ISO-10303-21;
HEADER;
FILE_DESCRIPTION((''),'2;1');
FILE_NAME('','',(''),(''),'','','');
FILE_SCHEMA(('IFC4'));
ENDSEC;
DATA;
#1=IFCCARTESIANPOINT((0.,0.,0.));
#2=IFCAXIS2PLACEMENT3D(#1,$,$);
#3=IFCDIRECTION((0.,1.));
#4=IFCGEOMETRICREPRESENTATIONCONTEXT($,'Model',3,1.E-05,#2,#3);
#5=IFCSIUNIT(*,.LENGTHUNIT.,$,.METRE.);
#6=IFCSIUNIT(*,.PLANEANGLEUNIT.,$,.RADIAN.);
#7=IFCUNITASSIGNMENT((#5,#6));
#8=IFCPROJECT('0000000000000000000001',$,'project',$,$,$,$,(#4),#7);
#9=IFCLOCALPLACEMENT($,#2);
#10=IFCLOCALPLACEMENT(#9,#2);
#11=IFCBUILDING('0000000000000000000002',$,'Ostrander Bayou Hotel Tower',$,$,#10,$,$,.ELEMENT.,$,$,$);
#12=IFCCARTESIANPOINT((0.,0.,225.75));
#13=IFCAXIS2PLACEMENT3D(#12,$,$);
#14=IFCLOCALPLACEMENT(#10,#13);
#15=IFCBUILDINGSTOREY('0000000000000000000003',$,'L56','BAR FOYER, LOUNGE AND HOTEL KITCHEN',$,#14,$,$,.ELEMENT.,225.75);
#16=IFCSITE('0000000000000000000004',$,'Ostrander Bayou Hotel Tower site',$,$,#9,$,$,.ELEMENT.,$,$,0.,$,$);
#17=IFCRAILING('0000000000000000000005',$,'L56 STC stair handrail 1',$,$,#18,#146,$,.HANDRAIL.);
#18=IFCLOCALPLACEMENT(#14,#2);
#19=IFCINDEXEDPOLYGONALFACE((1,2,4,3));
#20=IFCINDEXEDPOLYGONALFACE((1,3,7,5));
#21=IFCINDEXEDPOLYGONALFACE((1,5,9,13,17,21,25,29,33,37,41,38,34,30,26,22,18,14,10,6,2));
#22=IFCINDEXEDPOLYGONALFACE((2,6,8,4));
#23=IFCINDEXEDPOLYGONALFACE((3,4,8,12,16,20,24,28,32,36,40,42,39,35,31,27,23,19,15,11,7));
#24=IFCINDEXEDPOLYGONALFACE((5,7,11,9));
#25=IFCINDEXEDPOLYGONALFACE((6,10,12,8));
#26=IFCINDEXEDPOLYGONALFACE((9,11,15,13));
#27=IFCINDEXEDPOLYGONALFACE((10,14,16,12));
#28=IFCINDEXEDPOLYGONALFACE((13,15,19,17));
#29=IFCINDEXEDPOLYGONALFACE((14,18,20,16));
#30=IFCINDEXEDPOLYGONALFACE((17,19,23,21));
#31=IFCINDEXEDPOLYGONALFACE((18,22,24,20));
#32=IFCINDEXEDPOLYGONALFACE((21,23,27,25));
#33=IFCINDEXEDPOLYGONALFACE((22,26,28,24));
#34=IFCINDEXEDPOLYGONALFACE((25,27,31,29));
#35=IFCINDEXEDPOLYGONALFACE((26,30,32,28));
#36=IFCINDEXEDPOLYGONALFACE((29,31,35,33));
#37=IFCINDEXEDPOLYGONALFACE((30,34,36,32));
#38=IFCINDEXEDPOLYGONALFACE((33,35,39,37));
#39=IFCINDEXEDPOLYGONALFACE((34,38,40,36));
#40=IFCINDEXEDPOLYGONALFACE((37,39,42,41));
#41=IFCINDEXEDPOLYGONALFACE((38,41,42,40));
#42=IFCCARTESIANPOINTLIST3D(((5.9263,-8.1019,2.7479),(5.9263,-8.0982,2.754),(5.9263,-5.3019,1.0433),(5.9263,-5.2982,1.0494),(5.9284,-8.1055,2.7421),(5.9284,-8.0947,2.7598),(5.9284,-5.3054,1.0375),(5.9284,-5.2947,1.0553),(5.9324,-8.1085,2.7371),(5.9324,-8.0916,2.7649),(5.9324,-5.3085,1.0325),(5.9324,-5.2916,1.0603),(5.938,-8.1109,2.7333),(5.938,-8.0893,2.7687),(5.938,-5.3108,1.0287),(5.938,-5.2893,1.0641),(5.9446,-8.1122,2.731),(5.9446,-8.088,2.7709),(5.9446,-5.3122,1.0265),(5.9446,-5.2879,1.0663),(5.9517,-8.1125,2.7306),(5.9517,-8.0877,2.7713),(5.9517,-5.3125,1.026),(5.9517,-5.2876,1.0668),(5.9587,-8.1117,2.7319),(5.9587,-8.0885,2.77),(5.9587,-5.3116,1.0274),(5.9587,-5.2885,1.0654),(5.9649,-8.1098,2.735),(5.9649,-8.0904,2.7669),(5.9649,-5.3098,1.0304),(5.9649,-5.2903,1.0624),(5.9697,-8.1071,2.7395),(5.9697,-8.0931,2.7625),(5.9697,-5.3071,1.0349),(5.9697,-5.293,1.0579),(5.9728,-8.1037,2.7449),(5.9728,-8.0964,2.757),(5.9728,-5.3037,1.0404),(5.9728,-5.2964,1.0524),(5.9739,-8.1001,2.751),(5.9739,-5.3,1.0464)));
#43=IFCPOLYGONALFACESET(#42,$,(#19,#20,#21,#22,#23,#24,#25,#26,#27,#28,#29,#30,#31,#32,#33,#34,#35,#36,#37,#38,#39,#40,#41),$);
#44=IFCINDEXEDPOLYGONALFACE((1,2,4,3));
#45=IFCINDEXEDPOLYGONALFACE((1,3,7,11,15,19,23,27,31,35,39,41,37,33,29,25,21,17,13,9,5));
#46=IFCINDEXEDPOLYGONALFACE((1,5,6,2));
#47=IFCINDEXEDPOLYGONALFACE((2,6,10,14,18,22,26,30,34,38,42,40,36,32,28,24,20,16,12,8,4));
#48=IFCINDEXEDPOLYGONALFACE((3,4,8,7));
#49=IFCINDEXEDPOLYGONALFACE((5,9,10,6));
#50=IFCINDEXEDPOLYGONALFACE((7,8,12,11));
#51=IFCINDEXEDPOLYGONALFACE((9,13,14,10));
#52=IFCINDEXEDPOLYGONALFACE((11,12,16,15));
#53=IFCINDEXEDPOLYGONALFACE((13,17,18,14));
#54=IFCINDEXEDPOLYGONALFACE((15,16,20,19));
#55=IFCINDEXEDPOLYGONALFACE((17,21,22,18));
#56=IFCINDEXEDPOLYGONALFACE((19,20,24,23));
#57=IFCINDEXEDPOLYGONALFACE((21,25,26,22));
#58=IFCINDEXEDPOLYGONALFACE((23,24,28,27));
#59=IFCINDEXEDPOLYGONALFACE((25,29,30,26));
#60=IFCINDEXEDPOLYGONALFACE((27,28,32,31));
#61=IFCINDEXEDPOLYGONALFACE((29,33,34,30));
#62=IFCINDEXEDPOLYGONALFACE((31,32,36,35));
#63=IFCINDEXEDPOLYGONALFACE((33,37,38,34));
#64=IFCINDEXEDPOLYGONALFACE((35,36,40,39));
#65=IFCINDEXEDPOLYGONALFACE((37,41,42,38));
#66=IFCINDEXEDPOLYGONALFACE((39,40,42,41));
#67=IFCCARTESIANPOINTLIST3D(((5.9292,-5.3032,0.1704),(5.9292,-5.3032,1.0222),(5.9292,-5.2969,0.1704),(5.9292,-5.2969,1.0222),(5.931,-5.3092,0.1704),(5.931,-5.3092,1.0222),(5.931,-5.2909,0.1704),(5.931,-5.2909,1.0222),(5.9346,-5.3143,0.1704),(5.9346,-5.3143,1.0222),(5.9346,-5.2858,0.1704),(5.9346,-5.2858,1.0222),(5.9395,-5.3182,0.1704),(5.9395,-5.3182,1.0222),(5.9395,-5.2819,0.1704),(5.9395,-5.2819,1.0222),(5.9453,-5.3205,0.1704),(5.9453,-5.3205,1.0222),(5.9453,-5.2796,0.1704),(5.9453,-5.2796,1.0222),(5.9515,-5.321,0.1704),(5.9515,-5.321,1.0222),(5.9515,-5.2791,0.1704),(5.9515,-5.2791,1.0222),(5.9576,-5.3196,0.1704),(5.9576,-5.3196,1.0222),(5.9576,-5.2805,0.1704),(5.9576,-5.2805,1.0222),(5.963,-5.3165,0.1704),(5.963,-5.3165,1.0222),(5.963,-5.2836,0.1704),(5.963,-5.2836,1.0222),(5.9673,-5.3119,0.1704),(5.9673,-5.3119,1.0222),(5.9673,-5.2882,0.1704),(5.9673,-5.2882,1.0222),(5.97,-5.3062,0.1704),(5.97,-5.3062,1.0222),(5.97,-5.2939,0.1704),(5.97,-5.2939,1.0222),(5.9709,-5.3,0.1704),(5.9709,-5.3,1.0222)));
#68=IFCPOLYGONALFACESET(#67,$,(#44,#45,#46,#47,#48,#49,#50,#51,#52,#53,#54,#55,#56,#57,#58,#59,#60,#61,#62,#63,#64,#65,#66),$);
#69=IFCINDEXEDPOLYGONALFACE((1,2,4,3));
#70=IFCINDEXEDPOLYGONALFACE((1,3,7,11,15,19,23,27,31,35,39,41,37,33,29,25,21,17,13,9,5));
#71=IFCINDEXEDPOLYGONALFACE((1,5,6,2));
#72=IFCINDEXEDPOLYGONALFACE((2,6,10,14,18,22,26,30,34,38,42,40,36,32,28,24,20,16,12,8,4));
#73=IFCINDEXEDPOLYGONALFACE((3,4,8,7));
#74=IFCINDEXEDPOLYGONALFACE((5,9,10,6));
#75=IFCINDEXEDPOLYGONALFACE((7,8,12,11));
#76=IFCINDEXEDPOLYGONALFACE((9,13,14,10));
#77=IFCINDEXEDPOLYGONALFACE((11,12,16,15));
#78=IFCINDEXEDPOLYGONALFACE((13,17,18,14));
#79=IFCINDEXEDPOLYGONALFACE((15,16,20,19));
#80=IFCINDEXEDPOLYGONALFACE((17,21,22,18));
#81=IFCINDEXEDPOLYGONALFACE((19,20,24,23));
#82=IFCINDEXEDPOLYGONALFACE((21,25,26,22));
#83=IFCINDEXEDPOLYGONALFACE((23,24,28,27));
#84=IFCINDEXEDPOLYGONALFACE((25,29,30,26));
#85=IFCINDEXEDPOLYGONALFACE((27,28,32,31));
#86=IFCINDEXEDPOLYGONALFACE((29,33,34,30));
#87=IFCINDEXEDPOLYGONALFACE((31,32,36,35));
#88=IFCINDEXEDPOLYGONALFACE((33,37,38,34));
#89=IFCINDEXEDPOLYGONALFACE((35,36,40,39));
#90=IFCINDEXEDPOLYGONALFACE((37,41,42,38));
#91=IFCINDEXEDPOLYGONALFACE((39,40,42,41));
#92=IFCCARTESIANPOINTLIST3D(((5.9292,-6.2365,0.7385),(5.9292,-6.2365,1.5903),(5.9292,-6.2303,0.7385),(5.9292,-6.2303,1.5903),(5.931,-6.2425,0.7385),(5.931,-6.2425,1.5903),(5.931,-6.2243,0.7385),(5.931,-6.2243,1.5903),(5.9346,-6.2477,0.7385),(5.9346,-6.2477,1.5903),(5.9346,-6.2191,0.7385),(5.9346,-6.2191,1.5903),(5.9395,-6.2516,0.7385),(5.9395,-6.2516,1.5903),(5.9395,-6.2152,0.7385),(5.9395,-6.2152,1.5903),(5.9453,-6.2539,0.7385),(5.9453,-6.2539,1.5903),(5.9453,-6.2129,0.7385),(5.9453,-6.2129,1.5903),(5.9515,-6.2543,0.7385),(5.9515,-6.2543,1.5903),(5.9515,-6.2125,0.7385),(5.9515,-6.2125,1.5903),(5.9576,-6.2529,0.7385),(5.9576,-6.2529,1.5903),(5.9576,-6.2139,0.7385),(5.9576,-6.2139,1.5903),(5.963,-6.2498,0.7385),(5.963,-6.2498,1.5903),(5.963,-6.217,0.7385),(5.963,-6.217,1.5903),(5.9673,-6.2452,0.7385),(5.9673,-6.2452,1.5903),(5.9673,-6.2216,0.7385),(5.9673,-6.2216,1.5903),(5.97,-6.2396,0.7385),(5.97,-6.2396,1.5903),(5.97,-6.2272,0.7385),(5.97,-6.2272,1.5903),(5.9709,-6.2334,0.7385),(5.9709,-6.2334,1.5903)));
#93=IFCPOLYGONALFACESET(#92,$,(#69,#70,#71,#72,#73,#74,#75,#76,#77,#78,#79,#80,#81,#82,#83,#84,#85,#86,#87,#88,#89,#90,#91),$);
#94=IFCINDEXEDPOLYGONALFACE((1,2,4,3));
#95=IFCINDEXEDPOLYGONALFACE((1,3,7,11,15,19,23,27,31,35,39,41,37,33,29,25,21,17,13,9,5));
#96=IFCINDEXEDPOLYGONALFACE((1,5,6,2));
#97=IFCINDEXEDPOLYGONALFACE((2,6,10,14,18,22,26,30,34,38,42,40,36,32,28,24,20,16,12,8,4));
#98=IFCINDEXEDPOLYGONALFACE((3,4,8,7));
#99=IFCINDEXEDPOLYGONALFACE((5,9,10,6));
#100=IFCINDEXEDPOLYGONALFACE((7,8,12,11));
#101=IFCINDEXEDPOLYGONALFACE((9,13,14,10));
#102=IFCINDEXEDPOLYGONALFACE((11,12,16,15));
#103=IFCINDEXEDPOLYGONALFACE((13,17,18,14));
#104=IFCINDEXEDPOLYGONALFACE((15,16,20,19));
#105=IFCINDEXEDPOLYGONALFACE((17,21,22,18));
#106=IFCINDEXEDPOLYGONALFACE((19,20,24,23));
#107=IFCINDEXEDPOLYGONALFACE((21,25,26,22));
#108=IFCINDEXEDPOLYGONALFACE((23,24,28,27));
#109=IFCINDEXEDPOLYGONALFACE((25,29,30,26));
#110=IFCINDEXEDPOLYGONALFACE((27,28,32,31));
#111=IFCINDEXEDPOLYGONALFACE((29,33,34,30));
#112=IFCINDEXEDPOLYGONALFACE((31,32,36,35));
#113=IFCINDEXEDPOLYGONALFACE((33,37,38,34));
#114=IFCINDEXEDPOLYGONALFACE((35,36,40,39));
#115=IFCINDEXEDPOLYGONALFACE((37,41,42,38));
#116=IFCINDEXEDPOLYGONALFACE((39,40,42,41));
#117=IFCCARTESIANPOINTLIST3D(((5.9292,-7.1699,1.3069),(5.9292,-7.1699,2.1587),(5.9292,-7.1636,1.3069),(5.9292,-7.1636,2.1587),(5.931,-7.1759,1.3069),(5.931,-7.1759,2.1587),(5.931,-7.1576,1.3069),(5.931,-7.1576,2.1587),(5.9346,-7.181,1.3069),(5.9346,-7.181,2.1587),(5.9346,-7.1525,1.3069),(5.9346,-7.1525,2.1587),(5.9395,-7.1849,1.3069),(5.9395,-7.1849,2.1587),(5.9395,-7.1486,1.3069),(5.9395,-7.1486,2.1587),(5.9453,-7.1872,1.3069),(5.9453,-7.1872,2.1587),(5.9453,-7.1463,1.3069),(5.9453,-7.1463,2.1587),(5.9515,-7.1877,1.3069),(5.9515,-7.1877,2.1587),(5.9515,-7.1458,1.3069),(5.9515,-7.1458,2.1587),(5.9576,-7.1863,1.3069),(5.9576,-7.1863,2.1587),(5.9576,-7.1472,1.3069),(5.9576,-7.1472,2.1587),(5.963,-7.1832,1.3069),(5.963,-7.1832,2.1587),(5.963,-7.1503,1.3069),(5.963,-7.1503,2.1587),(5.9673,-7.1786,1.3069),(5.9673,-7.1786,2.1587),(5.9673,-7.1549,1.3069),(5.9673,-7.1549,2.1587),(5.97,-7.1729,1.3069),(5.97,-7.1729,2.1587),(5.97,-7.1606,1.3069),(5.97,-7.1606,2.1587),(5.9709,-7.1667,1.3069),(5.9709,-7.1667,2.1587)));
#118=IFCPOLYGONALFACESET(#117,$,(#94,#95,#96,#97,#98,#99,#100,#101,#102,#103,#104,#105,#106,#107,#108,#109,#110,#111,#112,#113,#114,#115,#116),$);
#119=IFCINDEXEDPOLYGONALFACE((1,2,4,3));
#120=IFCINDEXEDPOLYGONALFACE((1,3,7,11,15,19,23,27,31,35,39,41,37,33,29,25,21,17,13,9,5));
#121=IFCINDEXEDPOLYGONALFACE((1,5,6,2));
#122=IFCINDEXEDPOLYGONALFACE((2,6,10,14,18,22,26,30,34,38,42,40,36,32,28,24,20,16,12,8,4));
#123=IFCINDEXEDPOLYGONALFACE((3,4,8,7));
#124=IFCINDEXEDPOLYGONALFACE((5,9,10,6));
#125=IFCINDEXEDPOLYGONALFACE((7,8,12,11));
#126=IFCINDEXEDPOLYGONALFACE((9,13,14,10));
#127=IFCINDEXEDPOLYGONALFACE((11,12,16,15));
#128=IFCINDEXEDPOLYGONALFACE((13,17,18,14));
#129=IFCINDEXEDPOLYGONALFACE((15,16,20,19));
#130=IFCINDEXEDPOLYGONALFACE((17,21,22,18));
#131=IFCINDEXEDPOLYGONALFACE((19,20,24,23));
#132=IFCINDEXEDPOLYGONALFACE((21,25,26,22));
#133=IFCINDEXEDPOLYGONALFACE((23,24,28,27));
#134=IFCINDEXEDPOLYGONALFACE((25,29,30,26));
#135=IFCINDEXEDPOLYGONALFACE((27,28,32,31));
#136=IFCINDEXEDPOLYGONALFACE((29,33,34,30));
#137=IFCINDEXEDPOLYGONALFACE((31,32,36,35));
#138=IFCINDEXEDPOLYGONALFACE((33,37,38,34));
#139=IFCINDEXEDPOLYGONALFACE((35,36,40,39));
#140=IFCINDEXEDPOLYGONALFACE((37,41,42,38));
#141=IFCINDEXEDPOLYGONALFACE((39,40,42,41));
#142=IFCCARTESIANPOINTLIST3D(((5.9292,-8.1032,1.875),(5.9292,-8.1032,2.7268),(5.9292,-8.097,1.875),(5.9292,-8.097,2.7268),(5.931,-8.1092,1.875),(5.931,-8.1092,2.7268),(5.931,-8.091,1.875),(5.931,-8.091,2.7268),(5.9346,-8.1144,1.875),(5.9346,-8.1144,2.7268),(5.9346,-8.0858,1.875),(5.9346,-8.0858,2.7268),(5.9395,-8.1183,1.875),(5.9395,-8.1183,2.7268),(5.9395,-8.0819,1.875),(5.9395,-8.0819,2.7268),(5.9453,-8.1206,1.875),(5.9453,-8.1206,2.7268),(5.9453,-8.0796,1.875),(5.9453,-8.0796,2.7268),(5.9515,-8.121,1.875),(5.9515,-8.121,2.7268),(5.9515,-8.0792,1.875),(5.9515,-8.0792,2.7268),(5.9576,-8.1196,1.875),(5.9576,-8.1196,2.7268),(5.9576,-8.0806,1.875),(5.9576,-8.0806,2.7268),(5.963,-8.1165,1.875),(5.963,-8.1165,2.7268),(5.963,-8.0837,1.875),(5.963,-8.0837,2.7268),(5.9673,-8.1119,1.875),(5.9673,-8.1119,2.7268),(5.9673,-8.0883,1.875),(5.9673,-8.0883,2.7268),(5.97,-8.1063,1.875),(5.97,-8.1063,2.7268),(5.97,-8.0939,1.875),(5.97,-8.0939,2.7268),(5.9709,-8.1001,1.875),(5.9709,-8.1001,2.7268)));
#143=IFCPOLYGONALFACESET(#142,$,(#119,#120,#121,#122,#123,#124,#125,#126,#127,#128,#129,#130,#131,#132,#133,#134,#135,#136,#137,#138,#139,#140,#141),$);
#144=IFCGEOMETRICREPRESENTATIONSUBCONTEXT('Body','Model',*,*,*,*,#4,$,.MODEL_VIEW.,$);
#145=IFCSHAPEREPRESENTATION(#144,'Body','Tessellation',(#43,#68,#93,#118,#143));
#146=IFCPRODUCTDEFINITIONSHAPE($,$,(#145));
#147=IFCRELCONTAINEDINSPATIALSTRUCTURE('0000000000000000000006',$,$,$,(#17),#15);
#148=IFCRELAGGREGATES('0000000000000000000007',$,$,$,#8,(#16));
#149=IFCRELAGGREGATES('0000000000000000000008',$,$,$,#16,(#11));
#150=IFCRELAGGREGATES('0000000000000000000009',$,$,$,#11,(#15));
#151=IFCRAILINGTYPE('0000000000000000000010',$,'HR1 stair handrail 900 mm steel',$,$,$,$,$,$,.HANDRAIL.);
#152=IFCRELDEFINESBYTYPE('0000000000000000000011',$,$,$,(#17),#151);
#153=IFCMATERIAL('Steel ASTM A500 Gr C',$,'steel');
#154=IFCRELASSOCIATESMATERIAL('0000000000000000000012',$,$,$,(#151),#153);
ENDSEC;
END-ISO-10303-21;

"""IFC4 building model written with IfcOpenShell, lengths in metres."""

from ifc_helpers import new_model, si_unit, direction, frame, origin, origin_2d, place, context, subcontext, project, spatial, circle, extrude, material, type_object, element, save


model = new_model("IFC4")

# Units and contexts
model_context = context("Model", 3, precision=1e-05, world=origin(), true_north=direction((0.0, 1.0)))
body_context = subcontext(model_context, "Body", "Model", "MODEL_VIEW")
ifc_project = project(units=[si_unit("LENGTHUNIT", "METRE"), si_unit("PLANEANGLEUNIT", "RADIAN")], contexts=[model_context])

# Site, building, storey
site_placement = place(None, origin())
site = spatial("IfcSite", under=ifc_project, at=site_placement, Name="Ostrander Bayou Hotel Tower site", CompositionType="ELEMENT", RefElevation=0.0)
building_placement = place(site_placement, origin())
building = spatial("IfcBuilding", under=site, at=building_placement, Name="Ostrander Bayou Hotel Tower", CompositionType="ELEMENT")
storey_placement = place(building_placement, frame((0.0, 0.0, 225.75)))
storey = spatial("IfcBuildingStorey", under=building, at=storey_placement, Name="L56", Description="BAR FOYER, LOUNGE AND HOTEL KITCHEN", CompositionType="ELEMENT", Elevation=225.75)

# Railing
ifc_material_1 = material(Name="Steel ASTM A500 Gr C", Category="steel")
railing_type_1 = type_object("IfcRailingType", Name="HR1 stair handrail 900 mm steel", PredefinedType="HANDRAIL", material=ifc_material_1)
railing_1_placement = place(storey_placement, frame((5.95, -5.3, 0.1704)))
element("IfcRailing", 1, at=railing_1_placement, inside=storey, type_object=railing_type_1, Name="L56 STC stair handrail 1", PredefinedType="HANDRAIL", context=body_context, shape_type="SweptSolid", body=[
    extrude(circle(Radius=0.0239, at=origin_2d()), frame((0.0, 0.0, 0.876), z_axis=(0.0, -0.85417, 0.519994), x_axis=(1.0, 0.0, 0.0)), (0.0, 0.0, 1.0), 3.2781),
    extrude(circle(Radius=0.021, at=origin_2d()), origin(), (0.0, 0.0, 1.0), 0.8518),
    extrude(circle(Radius=0.021, at=origin_2d()), frame((0.0, -0.9333, 0.5681)), (0.0, 0.0, 1.0), 0.8518),
    extrude(circle(Radius=0.021, at=origin_2d()), frame((0.0, -1.8667, 1.1365)), (0.0, 0.0, 1.0), 0.8518),
    extrude(circle(Radius=0.021, at=origin_2d()), frame((0.0, -2.8, 1.7046)), (0.0, 0.0, 1.0), 0.8518),
])

save(model, "model.ifc")
